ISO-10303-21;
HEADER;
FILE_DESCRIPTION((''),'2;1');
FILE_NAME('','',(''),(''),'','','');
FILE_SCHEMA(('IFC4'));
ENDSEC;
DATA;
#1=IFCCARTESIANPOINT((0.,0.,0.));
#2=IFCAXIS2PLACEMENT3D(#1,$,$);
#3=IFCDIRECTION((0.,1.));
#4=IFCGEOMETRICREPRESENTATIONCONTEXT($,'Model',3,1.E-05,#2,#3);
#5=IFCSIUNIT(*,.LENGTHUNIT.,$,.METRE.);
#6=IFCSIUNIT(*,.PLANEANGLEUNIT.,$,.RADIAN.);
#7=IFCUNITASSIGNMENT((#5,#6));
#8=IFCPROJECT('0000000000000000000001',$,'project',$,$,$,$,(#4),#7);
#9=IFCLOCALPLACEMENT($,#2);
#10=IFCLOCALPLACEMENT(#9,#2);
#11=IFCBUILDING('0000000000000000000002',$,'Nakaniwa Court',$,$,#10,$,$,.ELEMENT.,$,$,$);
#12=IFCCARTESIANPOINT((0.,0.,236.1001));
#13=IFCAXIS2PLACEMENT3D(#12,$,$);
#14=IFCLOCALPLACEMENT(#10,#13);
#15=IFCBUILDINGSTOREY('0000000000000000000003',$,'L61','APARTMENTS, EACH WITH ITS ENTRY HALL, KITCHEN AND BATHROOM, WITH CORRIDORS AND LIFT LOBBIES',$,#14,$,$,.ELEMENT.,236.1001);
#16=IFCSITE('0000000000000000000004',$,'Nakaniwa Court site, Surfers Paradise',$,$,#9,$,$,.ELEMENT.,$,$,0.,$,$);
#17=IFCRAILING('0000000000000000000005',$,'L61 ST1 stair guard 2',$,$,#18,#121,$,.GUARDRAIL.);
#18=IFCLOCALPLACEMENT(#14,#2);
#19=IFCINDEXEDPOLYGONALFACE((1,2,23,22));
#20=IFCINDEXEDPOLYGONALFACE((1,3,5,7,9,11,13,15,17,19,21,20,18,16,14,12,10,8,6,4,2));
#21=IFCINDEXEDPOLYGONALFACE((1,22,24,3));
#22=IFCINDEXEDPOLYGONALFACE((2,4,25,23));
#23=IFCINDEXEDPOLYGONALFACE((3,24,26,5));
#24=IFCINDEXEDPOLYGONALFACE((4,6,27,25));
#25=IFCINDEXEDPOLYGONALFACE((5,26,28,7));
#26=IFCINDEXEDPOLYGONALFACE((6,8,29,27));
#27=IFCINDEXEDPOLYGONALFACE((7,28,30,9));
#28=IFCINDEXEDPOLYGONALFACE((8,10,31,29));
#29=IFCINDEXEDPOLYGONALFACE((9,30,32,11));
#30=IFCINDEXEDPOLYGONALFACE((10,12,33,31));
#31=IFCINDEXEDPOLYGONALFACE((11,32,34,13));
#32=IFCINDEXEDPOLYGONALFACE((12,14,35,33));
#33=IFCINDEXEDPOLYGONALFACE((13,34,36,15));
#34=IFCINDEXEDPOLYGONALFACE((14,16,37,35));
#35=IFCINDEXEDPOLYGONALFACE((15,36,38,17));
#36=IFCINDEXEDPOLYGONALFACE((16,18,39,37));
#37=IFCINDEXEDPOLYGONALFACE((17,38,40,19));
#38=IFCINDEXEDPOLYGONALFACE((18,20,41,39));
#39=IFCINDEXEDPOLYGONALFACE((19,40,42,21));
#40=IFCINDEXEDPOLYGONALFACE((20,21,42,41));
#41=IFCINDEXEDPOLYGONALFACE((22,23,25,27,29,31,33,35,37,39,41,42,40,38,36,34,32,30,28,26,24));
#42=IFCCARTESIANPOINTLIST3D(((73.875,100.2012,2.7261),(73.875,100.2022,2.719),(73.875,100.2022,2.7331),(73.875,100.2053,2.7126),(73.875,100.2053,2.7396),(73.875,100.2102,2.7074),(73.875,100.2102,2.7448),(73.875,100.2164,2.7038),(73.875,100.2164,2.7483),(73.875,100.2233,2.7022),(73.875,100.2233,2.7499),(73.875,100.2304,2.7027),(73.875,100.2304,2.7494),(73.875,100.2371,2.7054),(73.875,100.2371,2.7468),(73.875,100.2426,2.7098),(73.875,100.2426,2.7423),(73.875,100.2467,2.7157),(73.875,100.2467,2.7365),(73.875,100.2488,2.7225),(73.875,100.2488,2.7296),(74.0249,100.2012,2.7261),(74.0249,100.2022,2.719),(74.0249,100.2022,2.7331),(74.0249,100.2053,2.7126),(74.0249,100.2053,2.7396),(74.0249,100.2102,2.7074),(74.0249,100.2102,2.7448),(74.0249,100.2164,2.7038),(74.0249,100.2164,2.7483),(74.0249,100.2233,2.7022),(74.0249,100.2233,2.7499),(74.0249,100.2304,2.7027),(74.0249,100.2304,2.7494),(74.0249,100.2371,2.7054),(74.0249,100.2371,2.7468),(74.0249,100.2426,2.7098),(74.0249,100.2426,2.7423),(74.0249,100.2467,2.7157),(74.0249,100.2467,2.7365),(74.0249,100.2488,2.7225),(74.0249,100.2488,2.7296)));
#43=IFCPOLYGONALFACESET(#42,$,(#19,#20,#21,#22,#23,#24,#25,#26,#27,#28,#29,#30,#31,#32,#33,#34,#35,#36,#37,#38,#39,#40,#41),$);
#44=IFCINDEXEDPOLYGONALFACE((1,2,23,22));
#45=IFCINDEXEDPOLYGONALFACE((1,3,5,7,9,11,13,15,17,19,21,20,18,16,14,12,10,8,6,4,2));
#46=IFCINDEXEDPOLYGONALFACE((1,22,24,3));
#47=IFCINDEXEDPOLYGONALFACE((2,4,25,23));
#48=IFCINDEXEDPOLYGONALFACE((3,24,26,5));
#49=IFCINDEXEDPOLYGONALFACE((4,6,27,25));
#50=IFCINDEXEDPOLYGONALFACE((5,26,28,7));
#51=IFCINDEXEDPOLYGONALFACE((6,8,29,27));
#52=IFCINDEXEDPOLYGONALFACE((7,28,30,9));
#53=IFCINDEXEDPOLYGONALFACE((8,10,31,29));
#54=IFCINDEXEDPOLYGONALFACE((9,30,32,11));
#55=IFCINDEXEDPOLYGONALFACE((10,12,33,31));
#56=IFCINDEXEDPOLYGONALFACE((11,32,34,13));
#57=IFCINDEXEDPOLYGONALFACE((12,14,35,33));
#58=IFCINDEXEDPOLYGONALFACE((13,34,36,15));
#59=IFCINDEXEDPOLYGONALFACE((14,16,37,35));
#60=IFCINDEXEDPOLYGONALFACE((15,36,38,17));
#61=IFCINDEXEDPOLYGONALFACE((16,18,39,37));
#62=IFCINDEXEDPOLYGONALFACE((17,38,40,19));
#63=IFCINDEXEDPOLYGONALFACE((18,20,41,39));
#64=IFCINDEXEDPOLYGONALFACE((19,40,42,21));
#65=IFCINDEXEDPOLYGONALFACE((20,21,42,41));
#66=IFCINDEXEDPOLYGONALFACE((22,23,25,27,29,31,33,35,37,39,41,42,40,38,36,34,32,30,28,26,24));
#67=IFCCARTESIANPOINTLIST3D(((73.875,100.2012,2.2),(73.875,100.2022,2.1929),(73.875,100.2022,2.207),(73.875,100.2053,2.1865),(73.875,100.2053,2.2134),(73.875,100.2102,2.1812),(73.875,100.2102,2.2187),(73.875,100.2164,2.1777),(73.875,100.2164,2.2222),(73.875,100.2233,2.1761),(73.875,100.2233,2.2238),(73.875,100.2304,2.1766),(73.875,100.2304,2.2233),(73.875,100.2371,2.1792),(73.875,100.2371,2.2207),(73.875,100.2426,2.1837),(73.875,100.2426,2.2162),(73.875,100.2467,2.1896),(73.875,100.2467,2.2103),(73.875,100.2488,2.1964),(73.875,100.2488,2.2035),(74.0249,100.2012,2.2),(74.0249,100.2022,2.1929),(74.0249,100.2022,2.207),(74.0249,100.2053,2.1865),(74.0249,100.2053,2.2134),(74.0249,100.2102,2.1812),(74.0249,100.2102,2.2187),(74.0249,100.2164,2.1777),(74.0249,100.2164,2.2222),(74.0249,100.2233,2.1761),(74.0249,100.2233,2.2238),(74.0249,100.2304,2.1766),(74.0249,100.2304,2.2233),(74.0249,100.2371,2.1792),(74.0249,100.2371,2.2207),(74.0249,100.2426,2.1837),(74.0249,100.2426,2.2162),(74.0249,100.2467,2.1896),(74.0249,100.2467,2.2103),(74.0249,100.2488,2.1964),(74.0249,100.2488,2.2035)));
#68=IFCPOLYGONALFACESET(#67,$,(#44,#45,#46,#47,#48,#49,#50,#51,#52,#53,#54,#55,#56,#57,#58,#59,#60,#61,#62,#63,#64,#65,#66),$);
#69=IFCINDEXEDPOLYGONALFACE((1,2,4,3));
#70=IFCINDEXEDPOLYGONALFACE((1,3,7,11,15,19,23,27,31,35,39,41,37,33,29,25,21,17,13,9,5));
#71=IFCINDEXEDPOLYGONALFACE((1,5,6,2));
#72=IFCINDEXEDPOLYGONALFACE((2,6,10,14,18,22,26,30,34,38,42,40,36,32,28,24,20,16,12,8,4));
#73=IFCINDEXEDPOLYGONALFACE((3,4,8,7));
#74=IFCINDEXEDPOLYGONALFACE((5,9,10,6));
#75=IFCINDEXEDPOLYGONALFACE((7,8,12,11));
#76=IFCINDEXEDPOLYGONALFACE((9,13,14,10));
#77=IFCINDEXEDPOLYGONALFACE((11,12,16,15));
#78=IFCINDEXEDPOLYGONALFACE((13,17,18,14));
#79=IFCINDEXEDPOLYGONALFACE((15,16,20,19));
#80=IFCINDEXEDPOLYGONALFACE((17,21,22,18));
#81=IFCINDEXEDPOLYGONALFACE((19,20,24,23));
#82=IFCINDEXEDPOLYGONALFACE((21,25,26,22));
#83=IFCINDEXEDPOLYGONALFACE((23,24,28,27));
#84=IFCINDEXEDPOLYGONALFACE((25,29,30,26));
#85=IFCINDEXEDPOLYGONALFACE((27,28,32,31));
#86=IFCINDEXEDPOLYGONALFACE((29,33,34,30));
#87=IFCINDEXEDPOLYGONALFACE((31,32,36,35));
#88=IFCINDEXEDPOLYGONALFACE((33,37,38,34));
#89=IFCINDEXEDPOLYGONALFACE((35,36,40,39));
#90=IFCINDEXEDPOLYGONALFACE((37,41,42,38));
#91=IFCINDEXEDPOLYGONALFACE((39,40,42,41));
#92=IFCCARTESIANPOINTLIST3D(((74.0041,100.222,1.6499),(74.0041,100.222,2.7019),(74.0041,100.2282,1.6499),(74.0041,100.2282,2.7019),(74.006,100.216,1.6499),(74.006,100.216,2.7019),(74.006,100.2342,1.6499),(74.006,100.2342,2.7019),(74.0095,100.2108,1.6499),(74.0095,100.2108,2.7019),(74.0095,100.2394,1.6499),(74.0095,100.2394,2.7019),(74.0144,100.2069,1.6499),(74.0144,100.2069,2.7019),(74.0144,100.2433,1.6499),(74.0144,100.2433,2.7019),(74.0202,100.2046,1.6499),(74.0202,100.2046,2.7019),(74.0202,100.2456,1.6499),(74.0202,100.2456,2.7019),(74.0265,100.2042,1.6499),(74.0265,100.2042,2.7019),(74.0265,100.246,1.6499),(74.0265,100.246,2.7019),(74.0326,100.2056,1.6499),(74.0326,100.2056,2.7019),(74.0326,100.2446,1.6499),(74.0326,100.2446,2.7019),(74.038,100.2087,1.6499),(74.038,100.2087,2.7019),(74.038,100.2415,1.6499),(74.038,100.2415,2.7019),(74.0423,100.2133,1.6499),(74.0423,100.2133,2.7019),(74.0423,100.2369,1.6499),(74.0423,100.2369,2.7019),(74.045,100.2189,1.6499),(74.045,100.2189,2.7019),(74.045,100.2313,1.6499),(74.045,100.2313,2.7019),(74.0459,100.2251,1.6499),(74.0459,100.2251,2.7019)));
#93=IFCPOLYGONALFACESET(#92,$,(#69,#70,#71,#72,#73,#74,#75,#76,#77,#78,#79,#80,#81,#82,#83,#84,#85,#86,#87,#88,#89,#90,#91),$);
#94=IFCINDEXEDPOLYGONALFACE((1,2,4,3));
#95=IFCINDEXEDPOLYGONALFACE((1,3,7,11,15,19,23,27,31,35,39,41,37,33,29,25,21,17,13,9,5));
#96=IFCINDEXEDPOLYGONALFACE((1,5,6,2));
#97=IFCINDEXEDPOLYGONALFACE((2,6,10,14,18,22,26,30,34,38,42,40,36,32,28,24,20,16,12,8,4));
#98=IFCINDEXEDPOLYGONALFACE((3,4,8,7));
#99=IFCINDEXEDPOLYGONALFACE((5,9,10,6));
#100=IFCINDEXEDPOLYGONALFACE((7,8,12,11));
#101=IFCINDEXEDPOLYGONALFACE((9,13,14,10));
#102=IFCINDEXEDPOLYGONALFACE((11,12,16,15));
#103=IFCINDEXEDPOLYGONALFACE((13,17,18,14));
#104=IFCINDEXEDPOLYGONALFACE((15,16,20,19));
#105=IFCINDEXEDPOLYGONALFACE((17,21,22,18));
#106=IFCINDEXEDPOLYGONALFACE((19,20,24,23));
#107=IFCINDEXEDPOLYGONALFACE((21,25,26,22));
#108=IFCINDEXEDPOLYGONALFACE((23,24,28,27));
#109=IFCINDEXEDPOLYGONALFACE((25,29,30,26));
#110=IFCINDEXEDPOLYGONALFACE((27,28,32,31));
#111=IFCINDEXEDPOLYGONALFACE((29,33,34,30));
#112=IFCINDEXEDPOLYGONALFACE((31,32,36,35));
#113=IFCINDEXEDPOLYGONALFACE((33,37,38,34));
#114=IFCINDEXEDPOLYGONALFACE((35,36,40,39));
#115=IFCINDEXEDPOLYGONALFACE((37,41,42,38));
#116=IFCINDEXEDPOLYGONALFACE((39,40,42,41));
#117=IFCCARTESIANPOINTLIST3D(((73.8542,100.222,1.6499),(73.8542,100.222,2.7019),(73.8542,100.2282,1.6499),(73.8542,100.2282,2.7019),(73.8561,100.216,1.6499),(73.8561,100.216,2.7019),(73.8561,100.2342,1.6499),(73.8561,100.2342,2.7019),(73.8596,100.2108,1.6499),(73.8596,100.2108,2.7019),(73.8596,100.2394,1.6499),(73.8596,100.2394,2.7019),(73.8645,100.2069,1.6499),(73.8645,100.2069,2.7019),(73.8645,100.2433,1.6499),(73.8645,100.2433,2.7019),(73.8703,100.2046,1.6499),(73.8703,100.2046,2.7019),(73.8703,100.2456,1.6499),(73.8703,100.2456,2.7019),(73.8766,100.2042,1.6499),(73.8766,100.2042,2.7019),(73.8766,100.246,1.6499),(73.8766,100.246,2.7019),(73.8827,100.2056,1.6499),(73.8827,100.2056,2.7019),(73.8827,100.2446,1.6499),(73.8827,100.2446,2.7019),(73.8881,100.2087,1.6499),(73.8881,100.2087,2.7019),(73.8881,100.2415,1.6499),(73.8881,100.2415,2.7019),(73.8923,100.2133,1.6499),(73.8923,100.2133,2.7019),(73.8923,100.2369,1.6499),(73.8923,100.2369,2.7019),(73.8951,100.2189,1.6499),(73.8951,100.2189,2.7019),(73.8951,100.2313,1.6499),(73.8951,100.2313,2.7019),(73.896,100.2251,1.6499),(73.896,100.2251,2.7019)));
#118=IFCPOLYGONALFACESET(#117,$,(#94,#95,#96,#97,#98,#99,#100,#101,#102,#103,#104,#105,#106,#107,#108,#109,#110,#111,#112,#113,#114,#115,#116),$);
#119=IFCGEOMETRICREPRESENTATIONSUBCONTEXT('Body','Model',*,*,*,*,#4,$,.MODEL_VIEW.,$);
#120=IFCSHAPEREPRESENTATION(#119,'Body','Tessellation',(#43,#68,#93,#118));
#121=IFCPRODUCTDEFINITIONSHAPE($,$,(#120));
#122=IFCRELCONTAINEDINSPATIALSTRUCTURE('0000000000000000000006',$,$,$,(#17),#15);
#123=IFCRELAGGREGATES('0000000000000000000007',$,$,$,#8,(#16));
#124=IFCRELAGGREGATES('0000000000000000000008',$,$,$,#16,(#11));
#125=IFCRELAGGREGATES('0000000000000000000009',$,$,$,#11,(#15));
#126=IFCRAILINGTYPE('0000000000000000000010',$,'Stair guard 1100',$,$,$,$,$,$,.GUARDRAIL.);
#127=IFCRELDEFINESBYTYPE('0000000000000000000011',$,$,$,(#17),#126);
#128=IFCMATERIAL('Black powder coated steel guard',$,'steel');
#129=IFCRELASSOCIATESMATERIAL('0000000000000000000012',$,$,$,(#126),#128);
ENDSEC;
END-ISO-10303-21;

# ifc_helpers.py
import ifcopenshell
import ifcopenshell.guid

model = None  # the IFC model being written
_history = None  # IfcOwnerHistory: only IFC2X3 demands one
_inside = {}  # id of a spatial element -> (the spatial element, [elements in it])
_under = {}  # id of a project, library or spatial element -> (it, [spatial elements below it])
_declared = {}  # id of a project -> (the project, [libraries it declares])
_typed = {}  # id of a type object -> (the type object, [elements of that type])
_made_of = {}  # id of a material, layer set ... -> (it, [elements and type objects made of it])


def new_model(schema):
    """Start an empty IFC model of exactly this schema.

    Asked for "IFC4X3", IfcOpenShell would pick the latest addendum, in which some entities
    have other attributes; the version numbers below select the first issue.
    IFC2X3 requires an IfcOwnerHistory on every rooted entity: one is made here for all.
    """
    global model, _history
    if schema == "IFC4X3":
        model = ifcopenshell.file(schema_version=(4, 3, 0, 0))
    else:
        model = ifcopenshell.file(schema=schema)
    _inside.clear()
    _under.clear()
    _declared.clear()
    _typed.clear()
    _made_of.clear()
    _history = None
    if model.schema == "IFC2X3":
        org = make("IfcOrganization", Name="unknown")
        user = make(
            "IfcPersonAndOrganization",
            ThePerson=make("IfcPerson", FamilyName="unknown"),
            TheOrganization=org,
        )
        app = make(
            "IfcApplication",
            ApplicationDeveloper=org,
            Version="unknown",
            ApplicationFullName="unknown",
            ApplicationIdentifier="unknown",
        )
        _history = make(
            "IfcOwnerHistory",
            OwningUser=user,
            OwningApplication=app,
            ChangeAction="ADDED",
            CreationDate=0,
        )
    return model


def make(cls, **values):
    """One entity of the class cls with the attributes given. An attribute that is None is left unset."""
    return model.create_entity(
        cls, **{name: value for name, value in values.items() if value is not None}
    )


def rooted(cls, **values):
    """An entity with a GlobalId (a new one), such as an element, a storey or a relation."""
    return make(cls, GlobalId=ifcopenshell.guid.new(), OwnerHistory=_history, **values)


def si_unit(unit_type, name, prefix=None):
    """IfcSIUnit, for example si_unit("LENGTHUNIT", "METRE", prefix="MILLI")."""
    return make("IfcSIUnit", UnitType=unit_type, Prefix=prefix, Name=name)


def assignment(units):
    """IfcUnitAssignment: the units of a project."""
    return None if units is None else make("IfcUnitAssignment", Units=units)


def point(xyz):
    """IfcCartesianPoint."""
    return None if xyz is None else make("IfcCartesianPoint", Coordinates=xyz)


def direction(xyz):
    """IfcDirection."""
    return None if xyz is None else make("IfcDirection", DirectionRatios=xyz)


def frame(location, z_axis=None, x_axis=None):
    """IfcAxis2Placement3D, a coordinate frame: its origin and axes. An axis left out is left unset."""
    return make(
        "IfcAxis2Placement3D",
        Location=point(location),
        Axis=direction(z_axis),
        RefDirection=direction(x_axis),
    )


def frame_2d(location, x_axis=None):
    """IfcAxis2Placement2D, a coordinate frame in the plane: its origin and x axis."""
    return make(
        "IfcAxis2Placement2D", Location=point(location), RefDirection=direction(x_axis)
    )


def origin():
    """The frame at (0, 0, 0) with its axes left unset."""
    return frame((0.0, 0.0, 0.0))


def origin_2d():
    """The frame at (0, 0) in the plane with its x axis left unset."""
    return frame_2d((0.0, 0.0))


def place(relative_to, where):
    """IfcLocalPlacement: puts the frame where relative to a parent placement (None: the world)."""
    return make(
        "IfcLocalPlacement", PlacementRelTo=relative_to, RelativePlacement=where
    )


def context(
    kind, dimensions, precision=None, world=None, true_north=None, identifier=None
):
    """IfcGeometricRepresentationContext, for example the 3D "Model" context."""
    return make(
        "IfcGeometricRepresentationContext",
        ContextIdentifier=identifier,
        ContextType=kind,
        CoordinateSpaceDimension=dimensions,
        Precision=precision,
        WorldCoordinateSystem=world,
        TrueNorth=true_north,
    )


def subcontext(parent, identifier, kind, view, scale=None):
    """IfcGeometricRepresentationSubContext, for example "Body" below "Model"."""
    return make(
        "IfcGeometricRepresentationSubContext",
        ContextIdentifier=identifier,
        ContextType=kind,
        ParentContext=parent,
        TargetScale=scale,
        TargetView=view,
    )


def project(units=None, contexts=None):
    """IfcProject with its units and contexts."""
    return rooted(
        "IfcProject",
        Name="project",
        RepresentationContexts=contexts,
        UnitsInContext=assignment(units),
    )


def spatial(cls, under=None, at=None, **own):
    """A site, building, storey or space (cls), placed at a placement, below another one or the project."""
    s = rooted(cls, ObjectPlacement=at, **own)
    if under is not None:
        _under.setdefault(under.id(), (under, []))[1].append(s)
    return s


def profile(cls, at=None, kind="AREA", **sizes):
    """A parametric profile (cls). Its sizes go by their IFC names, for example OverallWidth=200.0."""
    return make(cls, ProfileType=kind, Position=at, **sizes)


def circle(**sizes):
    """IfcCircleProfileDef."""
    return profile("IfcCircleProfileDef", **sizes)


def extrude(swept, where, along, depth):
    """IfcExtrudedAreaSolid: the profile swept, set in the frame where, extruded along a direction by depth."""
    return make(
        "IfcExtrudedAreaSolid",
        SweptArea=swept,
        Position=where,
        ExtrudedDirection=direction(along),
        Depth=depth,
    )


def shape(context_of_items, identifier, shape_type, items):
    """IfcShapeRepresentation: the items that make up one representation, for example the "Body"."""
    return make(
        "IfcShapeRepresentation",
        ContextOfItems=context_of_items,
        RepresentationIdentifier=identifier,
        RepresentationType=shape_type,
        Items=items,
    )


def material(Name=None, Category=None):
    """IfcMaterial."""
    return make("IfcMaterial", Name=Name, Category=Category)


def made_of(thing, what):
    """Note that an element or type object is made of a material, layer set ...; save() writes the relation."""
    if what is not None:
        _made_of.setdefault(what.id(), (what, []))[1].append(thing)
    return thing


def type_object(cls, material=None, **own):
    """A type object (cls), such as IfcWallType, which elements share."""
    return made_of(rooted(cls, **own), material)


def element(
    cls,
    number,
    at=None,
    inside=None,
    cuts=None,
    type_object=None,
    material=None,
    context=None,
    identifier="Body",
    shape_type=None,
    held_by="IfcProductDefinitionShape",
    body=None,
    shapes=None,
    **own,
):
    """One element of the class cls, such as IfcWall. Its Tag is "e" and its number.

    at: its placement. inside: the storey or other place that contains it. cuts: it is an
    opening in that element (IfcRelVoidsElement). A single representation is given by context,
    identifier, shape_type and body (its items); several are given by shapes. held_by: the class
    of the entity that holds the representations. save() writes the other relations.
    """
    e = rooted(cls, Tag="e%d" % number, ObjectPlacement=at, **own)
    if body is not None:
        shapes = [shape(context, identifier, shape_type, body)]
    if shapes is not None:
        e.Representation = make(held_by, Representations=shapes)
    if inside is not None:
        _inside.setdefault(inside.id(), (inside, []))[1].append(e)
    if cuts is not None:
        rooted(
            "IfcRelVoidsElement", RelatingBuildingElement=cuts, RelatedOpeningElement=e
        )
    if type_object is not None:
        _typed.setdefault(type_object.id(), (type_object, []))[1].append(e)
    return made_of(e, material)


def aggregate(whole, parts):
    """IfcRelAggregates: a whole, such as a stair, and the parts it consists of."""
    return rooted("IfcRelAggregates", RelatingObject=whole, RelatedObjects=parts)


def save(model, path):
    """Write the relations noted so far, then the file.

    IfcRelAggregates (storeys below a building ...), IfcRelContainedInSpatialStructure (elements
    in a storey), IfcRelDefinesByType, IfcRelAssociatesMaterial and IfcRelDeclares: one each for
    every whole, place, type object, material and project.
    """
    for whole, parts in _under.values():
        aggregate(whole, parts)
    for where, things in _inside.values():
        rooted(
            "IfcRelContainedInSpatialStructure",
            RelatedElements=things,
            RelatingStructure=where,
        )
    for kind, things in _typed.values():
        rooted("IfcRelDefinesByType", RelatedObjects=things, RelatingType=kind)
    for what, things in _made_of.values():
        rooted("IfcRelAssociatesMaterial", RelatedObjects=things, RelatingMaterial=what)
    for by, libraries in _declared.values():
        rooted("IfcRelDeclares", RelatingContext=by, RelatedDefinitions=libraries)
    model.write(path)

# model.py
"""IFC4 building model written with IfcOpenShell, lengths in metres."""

from ifc_helpers import new_model, si_unit, direction, frame, origin, origin_2d, place, context, subcontext, project, spatial, circle, extrude, material, type_object, element, save


model = new_model("IFC4")

# Units and contexts
model_context = context("Model", 3, precision=1e-05, world=origin(), true_north=direction((0.0, 1.0)))
body_context = subcontext(model_context, "Body", "Model", "MODEL_VIEW")
ifc_project = project(units=[si_unit("LENGTHUNIT", "METRE"), si_unit("PLANEANGLEUNIT", "RADIAN")], contexts=[model_context])

# Site, building, storey
site_placement = place(None, origin())
site = spatial("IfcSite", under=ifc_project, at=site_placement, Name="Nakaniwa Court site, Surfers Paradise", CompositionType="ELEMENT", RefElevation=0.0)
building_placement = place(site_placement, origin())
building = spatial("IfcBuilding", under=site, at=building_placement, Name="Nakaniwa Court", CompositionType="ELEMENT")
storey_placement = place(building_placement, frame((0.0, 0.0, 236.1001)))
storey = spatial("IfcBuildingStorey", under=building, at=storey_placement, Name="L61", Description="APARTMENTS, EACH WITH ITS ENTRY HALL, KITCHEN AND BATHROOM, WITH CORRIDORS AND LIFT LOBBIES", CompositionType="ELEMENT", Elevation=236.1001)

# Railing
ifc_material_1 = material(Name="Black powder coated steel guard", Category="steel")
railing_type_1 = type_object("IfcRailingType", Name="Stair guard 1100", PredefinedType="GUARDRAIL", material=ifc_material_1)
railing_1_placement = place(storey_placement, frame((74.0249, 100.2251, 1.6499)))
element("IfcRailing", 1, at=railing_1_placement, inside=storey, type_object=railing_type_1, Name="L61 ST1 stair guard 2", PredefinedType="GUARDRAIL", context=body_context, shape_type="SweptSolid", body=[
    extrude(circle(Radius=0.0239, at=origin_2d()), frame((0.0, 0.0, 1.0762), z_axis=(-1.0, 0.0, 0.0), x_axis=(0.0, -1.0, 0.0)), (0.0, 0.0, 1.0), 0.1499),
    extrude(circle(Radius=0.0239, at=origin_2d()), frame((0.0, 0.0, 0.55), z_axis=(-1.0, 0.0, 0.0), x_axis=(0.0, -1.0, 0.0)), (0.0, 0.0, 1.0), 0.1499),
    extrude(circle(Radius=0.021, at=origin_2d()), origin(), (0.0, 0.0, 1.0), 1.052),
    extrude(circle(Radius=0.021, at=origin_2d()), frame((-0.1499, 0.0, 0.0)), (0.0, 0.0, 1.0), 1.052),
])

save(model, "model.ifc")
